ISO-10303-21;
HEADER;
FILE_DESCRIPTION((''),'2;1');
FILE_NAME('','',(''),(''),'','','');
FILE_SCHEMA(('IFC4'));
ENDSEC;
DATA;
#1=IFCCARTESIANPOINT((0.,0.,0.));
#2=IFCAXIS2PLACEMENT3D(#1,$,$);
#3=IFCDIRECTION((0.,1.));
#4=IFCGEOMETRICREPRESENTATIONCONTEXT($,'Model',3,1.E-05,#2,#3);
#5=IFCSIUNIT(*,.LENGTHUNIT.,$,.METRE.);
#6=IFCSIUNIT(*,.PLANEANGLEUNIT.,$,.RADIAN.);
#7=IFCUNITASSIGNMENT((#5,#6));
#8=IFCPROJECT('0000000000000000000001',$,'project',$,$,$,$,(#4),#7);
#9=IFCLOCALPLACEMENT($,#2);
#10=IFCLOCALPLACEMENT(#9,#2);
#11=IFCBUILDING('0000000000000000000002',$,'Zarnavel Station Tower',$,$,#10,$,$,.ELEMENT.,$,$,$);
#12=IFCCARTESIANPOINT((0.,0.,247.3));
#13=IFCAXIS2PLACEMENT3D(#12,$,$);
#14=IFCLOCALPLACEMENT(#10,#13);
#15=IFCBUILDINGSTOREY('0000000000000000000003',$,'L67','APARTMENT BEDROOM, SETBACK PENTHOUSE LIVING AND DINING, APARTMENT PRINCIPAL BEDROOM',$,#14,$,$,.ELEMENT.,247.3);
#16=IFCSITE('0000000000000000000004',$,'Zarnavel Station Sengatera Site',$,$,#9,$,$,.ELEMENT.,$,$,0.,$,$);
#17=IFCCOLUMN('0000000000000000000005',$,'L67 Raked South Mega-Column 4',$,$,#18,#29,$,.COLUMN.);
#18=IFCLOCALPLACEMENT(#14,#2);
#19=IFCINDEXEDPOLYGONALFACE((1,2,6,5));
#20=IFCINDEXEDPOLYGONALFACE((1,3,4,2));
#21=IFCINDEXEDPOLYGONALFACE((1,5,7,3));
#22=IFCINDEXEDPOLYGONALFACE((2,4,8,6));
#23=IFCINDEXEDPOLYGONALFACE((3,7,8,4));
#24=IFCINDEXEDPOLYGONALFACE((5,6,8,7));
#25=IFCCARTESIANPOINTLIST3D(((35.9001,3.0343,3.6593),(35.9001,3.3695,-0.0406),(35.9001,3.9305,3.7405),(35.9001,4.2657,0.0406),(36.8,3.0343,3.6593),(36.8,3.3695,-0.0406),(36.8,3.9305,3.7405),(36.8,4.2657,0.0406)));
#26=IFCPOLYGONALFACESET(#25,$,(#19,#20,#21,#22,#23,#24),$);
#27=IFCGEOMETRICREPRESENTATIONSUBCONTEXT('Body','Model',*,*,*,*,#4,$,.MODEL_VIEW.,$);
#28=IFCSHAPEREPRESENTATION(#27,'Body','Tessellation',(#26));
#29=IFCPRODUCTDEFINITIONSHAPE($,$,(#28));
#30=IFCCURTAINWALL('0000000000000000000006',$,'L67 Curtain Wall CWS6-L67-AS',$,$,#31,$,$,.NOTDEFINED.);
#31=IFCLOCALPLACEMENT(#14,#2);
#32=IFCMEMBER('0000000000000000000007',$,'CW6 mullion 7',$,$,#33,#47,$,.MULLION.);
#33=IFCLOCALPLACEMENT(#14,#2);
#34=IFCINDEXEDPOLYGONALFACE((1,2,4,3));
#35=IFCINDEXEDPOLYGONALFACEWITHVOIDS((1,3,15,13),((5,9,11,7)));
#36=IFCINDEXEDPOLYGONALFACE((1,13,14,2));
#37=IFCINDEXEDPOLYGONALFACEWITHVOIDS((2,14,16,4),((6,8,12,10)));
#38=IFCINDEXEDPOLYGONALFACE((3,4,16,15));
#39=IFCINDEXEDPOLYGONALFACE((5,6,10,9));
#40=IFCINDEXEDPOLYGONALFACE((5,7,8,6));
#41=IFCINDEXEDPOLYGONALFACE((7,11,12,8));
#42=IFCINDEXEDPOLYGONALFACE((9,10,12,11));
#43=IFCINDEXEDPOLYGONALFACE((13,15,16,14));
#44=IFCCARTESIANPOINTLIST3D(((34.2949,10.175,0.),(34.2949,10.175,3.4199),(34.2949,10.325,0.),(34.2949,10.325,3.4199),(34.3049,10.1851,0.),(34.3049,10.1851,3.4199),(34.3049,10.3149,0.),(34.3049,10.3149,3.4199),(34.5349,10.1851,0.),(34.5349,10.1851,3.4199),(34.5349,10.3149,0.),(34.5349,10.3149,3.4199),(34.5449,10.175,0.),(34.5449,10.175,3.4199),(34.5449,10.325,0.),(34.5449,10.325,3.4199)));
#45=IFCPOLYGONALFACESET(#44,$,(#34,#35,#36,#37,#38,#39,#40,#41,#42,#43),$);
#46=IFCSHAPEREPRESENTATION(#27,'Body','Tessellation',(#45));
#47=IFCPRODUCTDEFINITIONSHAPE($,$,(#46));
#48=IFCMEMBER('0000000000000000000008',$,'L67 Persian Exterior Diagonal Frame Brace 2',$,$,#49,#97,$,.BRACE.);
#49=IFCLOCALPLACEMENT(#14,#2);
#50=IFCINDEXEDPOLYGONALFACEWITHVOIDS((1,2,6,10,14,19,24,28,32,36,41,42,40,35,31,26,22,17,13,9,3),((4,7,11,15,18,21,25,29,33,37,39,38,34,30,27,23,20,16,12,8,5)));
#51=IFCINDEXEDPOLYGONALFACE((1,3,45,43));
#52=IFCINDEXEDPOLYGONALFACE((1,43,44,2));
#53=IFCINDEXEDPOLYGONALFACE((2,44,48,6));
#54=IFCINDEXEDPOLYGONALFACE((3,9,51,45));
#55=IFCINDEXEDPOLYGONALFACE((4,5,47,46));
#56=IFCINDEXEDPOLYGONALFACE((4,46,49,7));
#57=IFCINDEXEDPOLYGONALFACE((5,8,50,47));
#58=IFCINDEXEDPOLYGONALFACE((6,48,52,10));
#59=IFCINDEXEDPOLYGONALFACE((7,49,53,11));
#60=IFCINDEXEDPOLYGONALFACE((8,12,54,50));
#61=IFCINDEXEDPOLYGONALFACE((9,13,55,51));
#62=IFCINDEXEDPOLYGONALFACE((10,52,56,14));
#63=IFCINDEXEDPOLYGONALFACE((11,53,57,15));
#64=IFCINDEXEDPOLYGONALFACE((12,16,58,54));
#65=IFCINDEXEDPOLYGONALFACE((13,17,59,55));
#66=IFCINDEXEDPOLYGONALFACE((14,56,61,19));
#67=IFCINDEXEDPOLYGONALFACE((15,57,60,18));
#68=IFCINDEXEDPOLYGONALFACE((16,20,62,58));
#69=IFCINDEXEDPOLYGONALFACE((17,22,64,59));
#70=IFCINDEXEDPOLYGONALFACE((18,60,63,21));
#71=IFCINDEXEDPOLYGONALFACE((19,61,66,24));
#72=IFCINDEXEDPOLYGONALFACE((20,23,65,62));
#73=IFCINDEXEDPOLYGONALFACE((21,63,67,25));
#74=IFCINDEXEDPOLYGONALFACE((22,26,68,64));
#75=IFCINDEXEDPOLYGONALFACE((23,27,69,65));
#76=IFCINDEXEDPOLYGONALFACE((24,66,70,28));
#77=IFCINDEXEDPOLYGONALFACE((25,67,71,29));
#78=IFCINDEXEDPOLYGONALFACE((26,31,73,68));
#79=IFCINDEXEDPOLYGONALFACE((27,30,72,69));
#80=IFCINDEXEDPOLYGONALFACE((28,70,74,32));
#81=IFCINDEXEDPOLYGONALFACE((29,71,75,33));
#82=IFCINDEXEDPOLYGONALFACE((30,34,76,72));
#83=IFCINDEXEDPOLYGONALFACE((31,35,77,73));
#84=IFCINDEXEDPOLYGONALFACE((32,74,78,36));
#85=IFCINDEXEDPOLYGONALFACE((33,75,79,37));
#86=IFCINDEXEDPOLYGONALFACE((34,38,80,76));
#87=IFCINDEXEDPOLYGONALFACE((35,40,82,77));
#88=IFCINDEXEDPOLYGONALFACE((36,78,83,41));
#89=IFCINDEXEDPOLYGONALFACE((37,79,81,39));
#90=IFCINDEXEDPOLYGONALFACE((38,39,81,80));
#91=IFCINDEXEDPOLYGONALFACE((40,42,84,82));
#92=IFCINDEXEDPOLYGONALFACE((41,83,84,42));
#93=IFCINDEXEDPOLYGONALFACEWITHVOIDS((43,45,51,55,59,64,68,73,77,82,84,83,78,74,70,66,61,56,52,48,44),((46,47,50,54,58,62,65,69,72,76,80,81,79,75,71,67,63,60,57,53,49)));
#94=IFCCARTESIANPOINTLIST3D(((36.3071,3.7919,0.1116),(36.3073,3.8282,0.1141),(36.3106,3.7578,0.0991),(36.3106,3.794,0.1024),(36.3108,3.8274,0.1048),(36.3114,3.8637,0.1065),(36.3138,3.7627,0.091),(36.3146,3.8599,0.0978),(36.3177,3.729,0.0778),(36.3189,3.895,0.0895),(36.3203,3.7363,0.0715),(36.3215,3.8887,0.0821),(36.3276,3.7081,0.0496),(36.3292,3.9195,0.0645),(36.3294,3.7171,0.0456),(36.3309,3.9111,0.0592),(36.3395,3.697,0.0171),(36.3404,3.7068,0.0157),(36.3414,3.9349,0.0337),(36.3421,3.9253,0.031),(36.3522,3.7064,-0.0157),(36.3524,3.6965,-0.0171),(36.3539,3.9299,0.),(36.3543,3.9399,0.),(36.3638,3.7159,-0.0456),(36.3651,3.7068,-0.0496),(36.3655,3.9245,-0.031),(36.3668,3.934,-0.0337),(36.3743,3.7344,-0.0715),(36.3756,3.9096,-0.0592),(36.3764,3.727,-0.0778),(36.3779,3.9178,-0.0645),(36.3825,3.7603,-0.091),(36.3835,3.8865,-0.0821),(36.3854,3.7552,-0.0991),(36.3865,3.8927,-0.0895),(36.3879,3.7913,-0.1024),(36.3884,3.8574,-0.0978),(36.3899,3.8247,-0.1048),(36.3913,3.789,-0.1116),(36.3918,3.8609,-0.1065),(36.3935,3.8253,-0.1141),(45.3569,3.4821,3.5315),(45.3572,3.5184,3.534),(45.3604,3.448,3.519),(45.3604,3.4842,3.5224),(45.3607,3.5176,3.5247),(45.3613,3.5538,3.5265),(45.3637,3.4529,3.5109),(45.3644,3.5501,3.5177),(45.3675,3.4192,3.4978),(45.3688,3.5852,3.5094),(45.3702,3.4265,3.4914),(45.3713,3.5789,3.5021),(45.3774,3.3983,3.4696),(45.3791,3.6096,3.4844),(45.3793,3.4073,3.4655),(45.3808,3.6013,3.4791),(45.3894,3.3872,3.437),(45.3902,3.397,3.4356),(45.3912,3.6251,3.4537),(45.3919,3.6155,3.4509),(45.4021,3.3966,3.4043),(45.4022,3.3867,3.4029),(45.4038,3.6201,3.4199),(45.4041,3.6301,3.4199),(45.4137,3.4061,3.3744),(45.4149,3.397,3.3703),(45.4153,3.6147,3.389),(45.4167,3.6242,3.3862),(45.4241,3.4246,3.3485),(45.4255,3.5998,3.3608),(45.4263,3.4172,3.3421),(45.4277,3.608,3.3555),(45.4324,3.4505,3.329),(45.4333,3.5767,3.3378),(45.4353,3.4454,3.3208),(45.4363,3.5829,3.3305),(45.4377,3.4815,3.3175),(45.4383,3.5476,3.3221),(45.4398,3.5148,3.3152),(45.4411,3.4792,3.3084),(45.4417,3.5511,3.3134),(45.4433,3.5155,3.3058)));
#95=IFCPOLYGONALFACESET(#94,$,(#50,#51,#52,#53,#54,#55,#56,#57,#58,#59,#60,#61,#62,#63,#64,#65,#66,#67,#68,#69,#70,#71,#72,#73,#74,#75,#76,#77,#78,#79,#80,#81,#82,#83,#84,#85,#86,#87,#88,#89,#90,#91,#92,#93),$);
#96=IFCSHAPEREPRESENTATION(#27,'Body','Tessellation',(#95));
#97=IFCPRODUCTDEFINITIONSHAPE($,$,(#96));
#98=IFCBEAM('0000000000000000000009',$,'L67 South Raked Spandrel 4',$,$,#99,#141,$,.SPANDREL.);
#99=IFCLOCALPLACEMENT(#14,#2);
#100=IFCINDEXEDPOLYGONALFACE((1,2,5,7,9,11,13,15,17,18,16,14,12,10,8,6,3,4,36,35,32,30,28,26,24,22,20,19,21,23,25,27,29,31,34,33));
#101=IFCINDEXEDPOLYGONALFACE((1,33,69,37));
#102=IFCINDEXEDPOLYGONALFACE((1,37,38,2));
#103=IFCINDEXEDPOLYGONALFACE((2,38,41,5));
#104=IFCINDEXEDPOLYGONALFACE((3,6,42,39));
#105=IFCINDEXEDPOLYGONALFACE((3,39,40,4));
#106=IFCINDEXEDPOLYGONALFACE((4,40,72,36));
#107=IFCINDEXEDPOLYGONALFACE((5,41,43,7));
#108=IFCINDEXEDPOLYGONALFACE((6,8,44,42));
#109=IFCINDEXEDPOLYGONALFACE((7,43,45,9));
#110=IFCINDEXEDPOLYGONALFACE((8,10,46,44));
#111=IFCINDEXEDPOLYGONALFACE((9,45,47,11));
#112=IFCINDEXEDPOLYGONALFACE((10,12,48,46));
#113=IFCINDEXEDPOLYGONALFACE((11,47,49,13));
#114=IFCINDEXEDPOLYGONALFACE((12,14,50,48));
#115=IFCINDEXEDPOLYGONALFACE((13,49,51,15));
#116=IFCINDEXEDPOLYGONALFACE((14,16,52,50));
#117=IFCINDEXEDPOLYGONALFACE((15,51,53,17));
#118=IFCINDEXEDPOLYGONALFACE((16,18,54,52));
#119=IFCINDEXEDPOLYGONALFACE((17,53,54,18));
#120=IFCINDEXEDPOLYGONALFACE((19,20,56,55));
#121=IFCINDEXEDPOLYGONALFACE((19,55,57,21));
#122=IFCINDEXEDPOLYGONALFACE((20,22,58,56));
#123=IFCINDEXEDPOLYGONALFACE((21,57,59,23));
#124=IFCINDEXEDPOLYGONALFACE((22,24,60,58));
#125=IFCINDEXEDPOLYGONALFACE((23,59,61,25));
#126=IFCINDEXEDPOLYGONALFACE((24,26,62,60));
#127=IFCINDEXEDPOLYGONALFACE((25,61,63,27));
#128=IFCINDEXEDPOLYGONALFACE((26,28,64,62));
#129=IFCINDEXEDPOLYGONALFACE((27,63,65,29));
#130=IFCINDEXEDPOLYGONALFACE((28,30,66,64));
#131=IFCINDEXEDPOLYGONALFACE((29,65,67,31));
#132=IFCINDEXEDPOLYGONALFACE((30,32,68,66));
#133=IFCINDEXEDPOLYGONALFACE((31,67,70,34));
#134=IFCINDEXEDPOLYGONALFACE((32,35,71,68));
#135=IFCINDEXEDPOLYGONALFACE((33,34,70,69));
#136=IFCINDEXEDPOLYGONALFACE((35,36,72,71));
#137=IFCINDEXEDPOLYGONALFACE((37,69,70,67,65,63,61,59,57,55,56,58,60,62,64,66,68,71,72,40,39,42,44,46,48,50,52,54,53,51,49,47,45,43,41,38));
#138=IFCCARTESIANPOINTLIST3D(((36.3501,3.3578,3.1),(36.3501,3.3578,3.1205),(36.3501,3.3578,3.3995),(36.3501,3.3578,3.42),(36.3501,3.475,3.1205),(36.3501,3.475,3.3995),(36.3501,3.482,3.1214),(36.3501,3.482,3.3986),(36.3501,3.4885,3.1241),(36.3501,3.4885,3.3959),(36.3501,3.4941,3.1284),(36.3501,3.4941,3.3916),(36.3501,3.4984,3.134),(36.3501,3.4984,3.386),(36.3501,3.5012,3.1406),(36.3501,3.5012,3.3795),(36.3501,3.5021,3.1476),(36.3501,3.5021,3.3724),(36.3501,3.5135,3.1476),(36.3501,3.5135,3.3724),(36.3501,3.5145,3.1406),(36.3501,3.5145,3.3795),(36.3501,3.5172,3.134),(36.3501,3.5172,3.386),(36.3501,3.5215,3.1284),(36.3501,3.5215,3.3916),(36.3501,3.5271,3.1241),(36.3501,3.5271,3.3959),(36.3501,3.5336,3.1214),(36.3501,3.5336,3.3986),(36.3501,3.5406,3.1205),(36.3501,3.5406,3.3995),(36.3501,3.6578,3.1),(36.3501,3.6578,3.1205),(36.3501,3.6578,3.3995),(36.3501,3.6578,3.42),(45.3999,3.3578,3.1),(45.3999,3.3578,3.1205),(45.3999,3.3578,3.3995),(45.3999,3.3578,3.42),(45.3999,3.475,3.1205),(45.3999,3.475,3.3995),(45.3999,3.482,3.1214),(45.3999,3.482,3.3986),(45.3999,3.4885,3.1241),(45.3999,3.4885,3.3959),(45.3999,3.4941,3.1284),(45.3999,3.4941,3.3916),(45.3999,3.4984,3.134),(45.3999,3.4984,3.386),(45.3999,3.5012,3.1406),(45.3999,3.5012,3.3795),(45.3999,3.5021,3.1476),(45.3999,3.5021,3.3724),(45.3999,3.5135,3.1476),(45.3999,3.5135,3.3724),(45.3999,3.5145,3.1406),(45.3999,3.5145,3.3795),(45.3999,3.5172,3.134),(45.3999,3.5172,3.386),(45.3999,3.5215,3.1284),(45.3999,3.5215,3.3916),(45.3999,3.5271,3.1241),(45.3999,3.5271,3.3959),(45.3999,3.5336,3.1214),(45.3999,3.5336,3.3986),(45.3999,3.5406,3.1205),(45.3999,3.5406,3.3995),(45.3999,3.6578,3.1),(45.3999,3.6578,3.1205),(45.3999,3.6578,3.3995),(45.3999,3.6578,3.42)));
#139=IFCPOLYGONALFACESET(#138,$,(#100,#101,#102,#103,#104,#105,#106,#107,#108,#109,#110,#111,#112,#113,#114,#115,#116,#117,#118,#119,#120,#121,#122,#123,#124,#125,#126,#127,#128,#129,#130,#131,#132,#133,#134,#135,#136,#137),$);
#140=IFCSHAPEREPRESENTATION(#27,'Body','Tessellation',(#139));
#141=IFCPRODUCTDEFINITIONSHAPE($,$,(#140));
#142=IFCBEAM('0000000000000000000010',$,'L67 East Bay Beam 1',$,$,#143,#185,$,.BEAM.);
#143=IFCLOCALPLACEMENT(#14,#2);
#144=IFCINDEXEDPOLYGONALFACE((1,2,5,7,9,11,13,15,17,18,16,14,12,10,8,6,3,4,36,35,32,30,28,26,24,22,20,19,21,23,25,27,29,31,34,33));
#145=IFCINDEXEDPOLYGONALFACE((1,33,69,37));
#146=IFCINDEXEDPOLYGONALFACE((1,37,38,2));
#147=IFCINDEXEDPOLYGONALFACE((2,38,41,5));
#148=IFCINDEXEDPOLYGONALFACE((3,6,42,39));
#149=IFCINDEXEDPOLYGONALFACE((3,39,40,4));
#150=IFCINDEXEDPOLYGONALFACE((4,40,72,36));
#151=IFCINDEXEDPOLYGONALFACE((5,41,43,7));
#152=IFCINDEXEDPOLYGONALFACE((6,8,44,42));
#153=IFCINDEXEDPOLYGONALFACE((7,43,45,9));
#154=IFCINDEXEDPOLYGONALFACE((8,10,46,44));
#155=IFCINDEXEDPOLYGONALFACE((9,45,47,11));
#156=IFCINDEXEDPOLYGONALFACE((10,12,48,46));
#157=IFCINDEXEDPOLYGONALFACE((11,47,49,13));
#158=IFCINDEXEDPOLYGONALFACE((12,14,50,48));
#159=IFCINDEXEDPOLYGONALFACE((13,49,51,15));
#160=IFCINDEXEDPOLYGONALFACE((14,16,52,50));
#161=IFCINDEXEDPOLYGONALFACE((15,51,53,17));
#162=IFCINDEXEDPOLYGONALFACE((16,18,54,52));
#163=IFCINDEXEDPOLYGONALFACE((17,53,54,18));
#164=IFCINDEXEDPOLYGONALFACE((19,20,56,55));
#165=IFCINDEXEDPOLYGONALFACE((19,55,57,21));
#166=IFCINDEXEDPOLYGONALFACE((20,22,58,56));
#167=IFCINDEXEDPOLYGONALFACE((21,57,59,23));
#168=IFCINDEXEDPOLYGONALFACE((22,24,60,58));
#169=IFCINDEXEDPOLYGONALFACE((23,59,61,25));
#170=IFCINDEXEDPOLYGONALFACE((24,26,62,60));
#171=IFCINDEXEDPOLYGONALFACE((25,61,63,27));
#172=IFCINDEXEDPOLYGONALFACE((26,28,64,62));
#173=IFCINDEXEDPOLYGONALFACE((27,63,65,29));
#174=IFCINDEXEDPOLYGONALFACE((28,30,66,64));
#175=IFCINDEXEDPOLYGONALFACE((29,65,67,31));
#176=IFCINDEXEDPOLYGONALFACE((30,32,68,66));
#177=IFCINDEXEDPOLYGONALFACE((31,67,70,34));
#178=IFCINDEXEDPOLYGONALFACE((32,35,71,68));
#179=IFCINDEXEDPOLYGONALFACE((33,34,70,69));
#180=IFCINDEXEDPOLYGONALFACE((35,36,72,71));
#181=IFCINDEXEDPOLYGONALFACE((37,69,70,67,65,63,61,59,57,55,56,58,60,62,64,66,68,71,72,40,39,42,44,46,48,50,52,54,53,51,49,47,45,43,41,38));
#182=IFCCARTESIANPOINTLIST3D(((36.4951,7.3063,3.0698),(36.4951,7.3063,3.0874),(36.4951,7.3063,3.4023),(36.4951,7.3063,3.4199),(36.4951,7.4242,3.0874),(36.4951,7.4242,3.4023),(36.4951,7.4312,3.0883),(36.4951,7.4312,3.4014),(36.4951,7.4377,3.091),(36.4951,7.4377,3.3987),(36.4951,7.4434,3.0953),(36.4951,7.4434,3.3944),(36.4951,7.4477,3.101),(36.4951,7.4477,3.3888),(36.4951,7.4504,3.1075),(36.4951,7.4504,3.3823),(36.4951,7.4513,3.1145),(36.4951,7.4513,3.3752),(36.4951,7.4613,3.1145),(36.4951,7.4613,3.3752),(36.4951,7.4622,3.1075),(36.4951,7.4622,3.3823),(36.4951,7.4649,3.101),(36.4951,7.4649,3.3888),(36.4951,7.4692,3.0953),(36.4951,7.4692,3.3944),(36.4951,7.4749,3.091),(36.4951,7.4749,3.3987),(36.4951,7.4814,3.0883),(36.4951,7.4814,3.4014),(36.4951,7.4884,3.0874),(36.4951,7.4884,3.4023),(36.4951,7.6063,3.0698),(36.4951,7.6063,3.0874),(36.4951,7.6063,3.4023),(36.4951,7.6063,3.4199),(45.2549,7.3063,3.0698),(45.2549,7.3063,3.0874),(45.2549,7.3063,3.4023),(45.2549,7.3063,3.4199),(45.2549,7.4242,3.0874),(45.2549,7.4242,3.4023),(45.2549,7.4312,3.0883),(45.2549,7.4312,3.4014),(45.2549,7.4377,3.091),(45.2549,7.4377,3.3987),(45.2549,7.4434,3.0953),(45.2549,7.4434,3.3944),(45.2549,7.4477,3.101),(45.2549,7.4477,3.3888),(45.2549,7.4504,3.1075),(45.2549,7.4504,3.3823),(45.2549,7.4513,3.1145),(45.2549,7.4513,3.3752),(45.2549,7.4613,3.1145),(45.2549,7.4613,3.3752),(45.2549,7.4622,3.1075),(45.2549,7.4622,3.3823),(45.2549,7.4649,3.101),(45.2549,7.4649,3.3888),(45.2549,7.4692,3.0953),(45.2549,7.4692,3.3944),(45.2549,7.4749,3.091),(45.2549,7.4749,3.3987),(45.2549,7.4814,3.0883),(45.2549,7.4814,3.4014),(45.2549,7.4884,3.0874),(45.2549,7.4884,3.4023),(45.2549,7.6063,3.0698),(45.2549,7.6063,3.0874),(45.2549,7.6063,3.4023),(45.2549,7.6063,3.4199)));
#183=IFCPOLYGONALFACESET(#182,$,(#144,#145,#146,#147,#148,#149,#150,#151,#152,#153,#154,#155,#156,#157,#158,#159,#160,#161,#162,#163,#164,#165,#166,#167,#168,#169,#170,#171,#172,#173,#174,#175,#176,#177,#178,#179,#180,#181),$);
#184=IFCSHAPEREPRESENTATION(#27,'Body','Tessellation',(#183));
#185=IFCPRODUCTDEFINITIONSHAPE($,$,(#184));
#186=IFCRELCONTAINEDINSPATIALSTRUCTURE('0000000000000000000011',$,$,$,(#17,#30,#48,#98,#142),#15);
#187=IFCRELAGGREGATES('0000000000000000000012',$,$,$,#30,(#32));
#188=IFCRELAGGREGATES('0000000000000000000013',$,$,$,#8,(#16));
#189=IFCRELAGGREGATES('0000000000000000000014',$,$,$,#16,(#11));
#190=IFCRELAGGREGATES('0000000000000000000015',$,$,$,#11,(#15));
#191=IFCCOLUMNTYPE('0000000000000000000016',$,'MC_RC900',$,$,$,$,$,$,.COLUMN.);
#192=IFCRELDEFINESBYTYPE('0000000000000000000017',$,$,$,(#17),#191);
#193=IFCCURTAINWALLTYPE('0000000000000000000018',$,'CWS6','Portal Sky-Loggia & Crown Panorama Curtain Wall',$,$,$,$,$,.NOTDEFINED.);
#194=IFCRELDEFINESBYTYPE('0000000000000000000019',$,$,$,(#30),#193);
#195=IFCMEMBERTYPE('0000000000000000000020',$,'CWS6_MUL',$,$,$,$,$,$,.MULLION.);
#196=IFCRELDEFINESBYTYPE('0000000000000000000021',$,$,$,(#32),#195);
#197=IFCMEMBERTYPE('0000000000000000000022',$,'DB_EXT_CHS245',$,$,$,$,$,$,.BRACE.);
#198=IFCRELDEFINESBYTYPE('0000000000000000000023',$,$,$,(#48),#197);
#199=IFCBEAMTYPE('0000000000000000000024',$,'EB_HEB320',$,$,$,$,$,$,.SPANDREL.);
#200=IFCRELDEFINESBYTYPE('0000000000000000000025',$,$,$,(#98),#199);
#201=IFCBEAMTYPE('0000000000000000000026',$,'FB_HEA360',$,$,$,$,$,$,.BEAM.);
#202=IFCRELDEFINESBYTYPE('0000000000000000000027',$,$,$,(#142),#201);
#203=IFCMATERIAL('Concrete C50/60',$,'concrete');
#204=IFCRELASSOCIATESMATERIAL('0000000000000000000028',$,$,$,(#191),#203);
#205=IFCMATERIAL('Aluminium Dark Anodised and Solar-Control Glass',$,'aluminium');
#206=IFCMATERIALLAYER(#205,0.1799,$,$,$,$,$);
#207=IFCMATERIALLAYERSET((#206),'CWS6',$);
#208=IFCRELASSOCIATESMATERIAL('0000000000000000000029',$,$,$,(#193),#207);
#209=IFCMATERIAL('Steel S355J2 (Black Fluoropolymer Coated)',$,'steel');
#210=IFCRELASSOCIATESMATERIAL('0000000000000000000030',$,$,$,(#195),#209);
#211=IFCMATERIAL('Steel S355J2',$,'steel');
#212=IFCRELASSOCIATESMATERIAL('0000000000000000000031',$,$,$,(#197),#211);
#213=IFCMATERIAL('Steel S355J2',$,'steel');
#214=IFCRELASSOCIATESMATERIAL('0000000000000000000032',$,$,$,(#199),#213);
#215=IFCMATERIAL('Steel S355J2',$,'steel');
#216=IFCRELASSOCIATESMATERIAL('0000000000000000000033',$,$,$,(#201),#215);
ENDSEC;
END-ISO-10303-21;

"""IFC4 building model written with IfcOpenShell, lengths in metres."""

from ifc_helpers import new_model, si_unit, direction, frame, origin, origin_2d, place, context, subcontext, project, spatial, rectangle, hollow_rectangle, hollow_circle, i_section, extrude, material, layer, layer_set, material_profile, profile_set, type_object, element, aggregate, save


model = new_model("IFC4")

# Units and contexts
model_context = context("Model", 3, precision=1e-05, world=origin(), true_north=direction((0.0, 1.0)))
body_context = subcontext(model_context, "Body", "Model", "MODEL_VIEW")
ifc_project = project(units=[si_unit("LENGTHUNIT", "METRE"), si_unit("PLANEANGLEUNIT", "RADIAN")], contexts=[model_context])

# Site, building, storey
site_placement = place(None, origin())
site = spatial("IfcSite", under=ifc_project, at=site_placement, Name="Zarnavel Station Sengatera Site", CompositionType="ELEMENT", RefElevation=0.0)
building_placement = place(site_placement, origin())
building = spatial("IfcBuilding", under=site, at=building_placement, Name="Zarnavel Station Tower", CompositionType="ELEMENT")
storey_placement = place(building_placement, frame((0.0, 0.0, 247.3)))
storey = spatial("IfcBuildingStorey", under=building, at=storey_placement, Name="L67", Description="APARTMENT BEDROOM, SETBACK PENTHOUSE LIVING AND DINING, APARTMENT PRINCIPAL BEDROOM", CompositionType="ELEMENT", Elevation=247.3)

# Column
ifc_material_1 = material(Name="Concrete C50/60", Category="concrete")
ifc_material_profile_1 = material_profile(ifc_material_1, rectangle(XDim=0.8999, YDim=0.8999, at=origin_2d()), Name="RC900x900")
ifc_profile_set_1 = profile_set([ifc_material_profile_1], Name="Concrete C50/60")
column_type = type_object("IfcColumnType", Name="MC_RC900", PredefinedType="COLUMN", material=ifc_profile_set_1)
column_placement = place(storey_placement, frame((36.3501, 3.8176, 0.0), z_axis=(0.0, -0.090228, 0.995921), x_axis=(1.0, 0.0, 0.0)))
element("IfcColumn", 1, at=column_placement, inside=storey, type_object=column_type, Name="L67 Raked South Mega-Column 4", PredefinedType="COLUMN", context=body_context, shape_type="SweptSolid", body=[
    extrude(rectangle(XDim=0.8999, YDim=0.8999, at=origin_2d()), origin(), (0.0, 0.0, 1.0), 3.7151),
])

# Curtain wall, member
ifc_material_2 = material(Name="Aluminium Dark Anodised and Solar-Control Glass", Category="aluminium")
ifc_layer_1 = layer(ifc_material_2, 0.1799)
ifc_layer_set_1 = layer_set([ifc_layer_1], Name="CWS6")
curtain_wall_type = type_object("IfcCurtainWallType", Name="CWS6", Description="Portal Sky-Loggia & Crown Panorama Curtain Wall", PredefinedType="NOTDEFINED", material=ifc_layer_set_1)
curtain_wall_placement = place(storey_placement, origin())
curtain_wall = element("IfcCurtainWall", 2, at=curtain_wall_placement, inside=storey, type_object=curtain_wall_type, Name="L67 Curtain Wall CWS6-L67-AS", PredefinedType="NOTDEFINED")
ifc_material_3 = material(Name="Steel S355J2 (Black Fluoropolymer Coated)", Category="steel")
ifc_material_profile_2 = material_profile(ifc_material_3, hollow_rectangle(XDim=0.1499, YDim=0.25, WallThickness=0.01, at=origin_2d()), Name="RHS250x150x10")
ifc_profile_set_2 = profile_set([ifc_material_profile_2], Name="Steel S355J2 (Black Fluoropolymer Coated)")
member_type_1 = type_object("IfcMemberType", Name="CWS6_MUL", PredefinedType="MULLION", material=ifc_profile_set_2)
member_1_placement = place(storey_placement, frame((34.4199, 10.25, 0.0), z_axis=(0.0, 0.0, 1.0), x_axis=(0.0, 1.0, 0.0)))
member_1 = element("IfcMember", 3, at=member_1_placement, type_object=member_type_1, Name="CW6 mullion 7", PredefinedType="MULLION", context=body_context, shape_type="SweptSolid", body=[
    extrude(hollow_rectangle(XDim=0.1499, YDim=0.25, WallThickness=0.01, at=origin_2d()), origin(), (0.0, 0.0, 1.0), 3.4199),
])

# Member
ifc_material_4 = material(Name="Steel S355J2", Category="steel")
ifc_material_profile_3 = material_profile(ifc_material_4, hollow_circle(Radius=0.1223, WallThickness=0.01, at=origin_2d()), Name="CHS244.5x10")
ifc_profile_set_3 = profile_set([ifc_material_profile_3], Name="Steel S355J2")
member_type_2 = type_object("IfcMemberType", Name="DB_EXT_CHS245", PredefinedType="BRACE", material=ifc_profile_set_3)
member_2_placement = place(storey_placement, frame((36.3501, 3.8176, 0.0), z_axis=(0.934955, -0.032008, 0.35332), x_axis=(0.034214, 0.999415, 0.0)))
element("IfcMember", 4, at=member_2_placement, inside=storey, type_object=member_type_2, Name="L67 Persian Exterior Diagonal Frame Brace 2", PredefinedType="BRACE", context=body_context, shape_type="SweptSolid", body=[
    extrude(hollow_circle(Radius=0.1223, WallThickness=0.01, at=origin_2d()), origin(), (0.0, 0.0, 1.0), 9.6794),
])

# Beams
ifc_material_5 = material(Name="Steel S355J2", Category="steel")
ifc_material_profile_4 = material_profile(ifc_material_5, i_section(OverallWidth=0.3, OverallDepth=0.3201, WebThickness=0.0115, FlangeThickness=0.0205, FilletRadius=0.0271, at=origin_2d()), Name="HEB320")
ifc_profile_set_4 = profile_set([ifc_material_profile_4], Name="Steel S355J2")
beam_type_1 = type_object("IfcBeamType", Name="EB_HEB320", PredefinedType="SPANDREL", material=ifc_profile_set_4)
beam_1_placement = place(storey_placement, frame((36.3501, 3.5078, 3.26), z_axis=(1.0, 0.0, 0.0), x_axis=(0.0, 1.0, 0.0)))
element("IfcBeam", 5, at=beam_1_placement, inside=storey, type_object=beam_type_1, Name="L67 South Raked Spandrel 4", PredefinedType="SPANDREL", context=body_context, shape_type="SweptSolid", body=[
    extrude(i_section(OverallWidth=0.3, OverallDepth=0.3201, WebThickness=0.0115, FlangeThickness=0.0205, FilletRadius=0.0271, at=origin_2d()), origin(), (0.0, 0.0, 1.0), 9.0498),
])
ifc_material_6 = material(Name="Steel S355J2", Category="steel")
ifc_material_profile_5 = material_profile(ifc_material_6, i_section(OverallWidth=0.3, OverallDepth=0.3501, WebThickness=0.01, FlangeThickness=0.0176, FilletRadius=0.0271, at=origin_2d()), Name="HEA360")
ifc_profile_set_5 = profile_set([ifc_material_profile_5], Name="Steel S355J2")
beam_type_2 = type_object("IfcBeamType", Name="FB_HEA360", PredefinedType="BEAM", material=ifc_profile_set_5)
beam_2_placement = place(storey_placement, frame((36.4951, 7.4563, 3.2449), z_axis=(1.0, 0.0, 0.0), x_axis=(0.0, 1.0, 0.0)))
element("IfcBeam", 6, at=beam_2_placement, inside=storey, type_object=beam_type_2, Name="L67 East Bay Beam 1", PredefinedType="BEAM", context=body_context, shape_type="SweptSolid", body=[
    extrude(i_section(OverallWidth=0.3, OverallDepth=0.3501, WebThickness=0.01, FlangeThickness=0.0176, FilletRadius=0.0271, at=origin_2d()), origin(), (0.0, 0.0, 1.0), 8.7598),
])

aggregate(curtain_wall, [member_1])

save(model, "model.ifc")
